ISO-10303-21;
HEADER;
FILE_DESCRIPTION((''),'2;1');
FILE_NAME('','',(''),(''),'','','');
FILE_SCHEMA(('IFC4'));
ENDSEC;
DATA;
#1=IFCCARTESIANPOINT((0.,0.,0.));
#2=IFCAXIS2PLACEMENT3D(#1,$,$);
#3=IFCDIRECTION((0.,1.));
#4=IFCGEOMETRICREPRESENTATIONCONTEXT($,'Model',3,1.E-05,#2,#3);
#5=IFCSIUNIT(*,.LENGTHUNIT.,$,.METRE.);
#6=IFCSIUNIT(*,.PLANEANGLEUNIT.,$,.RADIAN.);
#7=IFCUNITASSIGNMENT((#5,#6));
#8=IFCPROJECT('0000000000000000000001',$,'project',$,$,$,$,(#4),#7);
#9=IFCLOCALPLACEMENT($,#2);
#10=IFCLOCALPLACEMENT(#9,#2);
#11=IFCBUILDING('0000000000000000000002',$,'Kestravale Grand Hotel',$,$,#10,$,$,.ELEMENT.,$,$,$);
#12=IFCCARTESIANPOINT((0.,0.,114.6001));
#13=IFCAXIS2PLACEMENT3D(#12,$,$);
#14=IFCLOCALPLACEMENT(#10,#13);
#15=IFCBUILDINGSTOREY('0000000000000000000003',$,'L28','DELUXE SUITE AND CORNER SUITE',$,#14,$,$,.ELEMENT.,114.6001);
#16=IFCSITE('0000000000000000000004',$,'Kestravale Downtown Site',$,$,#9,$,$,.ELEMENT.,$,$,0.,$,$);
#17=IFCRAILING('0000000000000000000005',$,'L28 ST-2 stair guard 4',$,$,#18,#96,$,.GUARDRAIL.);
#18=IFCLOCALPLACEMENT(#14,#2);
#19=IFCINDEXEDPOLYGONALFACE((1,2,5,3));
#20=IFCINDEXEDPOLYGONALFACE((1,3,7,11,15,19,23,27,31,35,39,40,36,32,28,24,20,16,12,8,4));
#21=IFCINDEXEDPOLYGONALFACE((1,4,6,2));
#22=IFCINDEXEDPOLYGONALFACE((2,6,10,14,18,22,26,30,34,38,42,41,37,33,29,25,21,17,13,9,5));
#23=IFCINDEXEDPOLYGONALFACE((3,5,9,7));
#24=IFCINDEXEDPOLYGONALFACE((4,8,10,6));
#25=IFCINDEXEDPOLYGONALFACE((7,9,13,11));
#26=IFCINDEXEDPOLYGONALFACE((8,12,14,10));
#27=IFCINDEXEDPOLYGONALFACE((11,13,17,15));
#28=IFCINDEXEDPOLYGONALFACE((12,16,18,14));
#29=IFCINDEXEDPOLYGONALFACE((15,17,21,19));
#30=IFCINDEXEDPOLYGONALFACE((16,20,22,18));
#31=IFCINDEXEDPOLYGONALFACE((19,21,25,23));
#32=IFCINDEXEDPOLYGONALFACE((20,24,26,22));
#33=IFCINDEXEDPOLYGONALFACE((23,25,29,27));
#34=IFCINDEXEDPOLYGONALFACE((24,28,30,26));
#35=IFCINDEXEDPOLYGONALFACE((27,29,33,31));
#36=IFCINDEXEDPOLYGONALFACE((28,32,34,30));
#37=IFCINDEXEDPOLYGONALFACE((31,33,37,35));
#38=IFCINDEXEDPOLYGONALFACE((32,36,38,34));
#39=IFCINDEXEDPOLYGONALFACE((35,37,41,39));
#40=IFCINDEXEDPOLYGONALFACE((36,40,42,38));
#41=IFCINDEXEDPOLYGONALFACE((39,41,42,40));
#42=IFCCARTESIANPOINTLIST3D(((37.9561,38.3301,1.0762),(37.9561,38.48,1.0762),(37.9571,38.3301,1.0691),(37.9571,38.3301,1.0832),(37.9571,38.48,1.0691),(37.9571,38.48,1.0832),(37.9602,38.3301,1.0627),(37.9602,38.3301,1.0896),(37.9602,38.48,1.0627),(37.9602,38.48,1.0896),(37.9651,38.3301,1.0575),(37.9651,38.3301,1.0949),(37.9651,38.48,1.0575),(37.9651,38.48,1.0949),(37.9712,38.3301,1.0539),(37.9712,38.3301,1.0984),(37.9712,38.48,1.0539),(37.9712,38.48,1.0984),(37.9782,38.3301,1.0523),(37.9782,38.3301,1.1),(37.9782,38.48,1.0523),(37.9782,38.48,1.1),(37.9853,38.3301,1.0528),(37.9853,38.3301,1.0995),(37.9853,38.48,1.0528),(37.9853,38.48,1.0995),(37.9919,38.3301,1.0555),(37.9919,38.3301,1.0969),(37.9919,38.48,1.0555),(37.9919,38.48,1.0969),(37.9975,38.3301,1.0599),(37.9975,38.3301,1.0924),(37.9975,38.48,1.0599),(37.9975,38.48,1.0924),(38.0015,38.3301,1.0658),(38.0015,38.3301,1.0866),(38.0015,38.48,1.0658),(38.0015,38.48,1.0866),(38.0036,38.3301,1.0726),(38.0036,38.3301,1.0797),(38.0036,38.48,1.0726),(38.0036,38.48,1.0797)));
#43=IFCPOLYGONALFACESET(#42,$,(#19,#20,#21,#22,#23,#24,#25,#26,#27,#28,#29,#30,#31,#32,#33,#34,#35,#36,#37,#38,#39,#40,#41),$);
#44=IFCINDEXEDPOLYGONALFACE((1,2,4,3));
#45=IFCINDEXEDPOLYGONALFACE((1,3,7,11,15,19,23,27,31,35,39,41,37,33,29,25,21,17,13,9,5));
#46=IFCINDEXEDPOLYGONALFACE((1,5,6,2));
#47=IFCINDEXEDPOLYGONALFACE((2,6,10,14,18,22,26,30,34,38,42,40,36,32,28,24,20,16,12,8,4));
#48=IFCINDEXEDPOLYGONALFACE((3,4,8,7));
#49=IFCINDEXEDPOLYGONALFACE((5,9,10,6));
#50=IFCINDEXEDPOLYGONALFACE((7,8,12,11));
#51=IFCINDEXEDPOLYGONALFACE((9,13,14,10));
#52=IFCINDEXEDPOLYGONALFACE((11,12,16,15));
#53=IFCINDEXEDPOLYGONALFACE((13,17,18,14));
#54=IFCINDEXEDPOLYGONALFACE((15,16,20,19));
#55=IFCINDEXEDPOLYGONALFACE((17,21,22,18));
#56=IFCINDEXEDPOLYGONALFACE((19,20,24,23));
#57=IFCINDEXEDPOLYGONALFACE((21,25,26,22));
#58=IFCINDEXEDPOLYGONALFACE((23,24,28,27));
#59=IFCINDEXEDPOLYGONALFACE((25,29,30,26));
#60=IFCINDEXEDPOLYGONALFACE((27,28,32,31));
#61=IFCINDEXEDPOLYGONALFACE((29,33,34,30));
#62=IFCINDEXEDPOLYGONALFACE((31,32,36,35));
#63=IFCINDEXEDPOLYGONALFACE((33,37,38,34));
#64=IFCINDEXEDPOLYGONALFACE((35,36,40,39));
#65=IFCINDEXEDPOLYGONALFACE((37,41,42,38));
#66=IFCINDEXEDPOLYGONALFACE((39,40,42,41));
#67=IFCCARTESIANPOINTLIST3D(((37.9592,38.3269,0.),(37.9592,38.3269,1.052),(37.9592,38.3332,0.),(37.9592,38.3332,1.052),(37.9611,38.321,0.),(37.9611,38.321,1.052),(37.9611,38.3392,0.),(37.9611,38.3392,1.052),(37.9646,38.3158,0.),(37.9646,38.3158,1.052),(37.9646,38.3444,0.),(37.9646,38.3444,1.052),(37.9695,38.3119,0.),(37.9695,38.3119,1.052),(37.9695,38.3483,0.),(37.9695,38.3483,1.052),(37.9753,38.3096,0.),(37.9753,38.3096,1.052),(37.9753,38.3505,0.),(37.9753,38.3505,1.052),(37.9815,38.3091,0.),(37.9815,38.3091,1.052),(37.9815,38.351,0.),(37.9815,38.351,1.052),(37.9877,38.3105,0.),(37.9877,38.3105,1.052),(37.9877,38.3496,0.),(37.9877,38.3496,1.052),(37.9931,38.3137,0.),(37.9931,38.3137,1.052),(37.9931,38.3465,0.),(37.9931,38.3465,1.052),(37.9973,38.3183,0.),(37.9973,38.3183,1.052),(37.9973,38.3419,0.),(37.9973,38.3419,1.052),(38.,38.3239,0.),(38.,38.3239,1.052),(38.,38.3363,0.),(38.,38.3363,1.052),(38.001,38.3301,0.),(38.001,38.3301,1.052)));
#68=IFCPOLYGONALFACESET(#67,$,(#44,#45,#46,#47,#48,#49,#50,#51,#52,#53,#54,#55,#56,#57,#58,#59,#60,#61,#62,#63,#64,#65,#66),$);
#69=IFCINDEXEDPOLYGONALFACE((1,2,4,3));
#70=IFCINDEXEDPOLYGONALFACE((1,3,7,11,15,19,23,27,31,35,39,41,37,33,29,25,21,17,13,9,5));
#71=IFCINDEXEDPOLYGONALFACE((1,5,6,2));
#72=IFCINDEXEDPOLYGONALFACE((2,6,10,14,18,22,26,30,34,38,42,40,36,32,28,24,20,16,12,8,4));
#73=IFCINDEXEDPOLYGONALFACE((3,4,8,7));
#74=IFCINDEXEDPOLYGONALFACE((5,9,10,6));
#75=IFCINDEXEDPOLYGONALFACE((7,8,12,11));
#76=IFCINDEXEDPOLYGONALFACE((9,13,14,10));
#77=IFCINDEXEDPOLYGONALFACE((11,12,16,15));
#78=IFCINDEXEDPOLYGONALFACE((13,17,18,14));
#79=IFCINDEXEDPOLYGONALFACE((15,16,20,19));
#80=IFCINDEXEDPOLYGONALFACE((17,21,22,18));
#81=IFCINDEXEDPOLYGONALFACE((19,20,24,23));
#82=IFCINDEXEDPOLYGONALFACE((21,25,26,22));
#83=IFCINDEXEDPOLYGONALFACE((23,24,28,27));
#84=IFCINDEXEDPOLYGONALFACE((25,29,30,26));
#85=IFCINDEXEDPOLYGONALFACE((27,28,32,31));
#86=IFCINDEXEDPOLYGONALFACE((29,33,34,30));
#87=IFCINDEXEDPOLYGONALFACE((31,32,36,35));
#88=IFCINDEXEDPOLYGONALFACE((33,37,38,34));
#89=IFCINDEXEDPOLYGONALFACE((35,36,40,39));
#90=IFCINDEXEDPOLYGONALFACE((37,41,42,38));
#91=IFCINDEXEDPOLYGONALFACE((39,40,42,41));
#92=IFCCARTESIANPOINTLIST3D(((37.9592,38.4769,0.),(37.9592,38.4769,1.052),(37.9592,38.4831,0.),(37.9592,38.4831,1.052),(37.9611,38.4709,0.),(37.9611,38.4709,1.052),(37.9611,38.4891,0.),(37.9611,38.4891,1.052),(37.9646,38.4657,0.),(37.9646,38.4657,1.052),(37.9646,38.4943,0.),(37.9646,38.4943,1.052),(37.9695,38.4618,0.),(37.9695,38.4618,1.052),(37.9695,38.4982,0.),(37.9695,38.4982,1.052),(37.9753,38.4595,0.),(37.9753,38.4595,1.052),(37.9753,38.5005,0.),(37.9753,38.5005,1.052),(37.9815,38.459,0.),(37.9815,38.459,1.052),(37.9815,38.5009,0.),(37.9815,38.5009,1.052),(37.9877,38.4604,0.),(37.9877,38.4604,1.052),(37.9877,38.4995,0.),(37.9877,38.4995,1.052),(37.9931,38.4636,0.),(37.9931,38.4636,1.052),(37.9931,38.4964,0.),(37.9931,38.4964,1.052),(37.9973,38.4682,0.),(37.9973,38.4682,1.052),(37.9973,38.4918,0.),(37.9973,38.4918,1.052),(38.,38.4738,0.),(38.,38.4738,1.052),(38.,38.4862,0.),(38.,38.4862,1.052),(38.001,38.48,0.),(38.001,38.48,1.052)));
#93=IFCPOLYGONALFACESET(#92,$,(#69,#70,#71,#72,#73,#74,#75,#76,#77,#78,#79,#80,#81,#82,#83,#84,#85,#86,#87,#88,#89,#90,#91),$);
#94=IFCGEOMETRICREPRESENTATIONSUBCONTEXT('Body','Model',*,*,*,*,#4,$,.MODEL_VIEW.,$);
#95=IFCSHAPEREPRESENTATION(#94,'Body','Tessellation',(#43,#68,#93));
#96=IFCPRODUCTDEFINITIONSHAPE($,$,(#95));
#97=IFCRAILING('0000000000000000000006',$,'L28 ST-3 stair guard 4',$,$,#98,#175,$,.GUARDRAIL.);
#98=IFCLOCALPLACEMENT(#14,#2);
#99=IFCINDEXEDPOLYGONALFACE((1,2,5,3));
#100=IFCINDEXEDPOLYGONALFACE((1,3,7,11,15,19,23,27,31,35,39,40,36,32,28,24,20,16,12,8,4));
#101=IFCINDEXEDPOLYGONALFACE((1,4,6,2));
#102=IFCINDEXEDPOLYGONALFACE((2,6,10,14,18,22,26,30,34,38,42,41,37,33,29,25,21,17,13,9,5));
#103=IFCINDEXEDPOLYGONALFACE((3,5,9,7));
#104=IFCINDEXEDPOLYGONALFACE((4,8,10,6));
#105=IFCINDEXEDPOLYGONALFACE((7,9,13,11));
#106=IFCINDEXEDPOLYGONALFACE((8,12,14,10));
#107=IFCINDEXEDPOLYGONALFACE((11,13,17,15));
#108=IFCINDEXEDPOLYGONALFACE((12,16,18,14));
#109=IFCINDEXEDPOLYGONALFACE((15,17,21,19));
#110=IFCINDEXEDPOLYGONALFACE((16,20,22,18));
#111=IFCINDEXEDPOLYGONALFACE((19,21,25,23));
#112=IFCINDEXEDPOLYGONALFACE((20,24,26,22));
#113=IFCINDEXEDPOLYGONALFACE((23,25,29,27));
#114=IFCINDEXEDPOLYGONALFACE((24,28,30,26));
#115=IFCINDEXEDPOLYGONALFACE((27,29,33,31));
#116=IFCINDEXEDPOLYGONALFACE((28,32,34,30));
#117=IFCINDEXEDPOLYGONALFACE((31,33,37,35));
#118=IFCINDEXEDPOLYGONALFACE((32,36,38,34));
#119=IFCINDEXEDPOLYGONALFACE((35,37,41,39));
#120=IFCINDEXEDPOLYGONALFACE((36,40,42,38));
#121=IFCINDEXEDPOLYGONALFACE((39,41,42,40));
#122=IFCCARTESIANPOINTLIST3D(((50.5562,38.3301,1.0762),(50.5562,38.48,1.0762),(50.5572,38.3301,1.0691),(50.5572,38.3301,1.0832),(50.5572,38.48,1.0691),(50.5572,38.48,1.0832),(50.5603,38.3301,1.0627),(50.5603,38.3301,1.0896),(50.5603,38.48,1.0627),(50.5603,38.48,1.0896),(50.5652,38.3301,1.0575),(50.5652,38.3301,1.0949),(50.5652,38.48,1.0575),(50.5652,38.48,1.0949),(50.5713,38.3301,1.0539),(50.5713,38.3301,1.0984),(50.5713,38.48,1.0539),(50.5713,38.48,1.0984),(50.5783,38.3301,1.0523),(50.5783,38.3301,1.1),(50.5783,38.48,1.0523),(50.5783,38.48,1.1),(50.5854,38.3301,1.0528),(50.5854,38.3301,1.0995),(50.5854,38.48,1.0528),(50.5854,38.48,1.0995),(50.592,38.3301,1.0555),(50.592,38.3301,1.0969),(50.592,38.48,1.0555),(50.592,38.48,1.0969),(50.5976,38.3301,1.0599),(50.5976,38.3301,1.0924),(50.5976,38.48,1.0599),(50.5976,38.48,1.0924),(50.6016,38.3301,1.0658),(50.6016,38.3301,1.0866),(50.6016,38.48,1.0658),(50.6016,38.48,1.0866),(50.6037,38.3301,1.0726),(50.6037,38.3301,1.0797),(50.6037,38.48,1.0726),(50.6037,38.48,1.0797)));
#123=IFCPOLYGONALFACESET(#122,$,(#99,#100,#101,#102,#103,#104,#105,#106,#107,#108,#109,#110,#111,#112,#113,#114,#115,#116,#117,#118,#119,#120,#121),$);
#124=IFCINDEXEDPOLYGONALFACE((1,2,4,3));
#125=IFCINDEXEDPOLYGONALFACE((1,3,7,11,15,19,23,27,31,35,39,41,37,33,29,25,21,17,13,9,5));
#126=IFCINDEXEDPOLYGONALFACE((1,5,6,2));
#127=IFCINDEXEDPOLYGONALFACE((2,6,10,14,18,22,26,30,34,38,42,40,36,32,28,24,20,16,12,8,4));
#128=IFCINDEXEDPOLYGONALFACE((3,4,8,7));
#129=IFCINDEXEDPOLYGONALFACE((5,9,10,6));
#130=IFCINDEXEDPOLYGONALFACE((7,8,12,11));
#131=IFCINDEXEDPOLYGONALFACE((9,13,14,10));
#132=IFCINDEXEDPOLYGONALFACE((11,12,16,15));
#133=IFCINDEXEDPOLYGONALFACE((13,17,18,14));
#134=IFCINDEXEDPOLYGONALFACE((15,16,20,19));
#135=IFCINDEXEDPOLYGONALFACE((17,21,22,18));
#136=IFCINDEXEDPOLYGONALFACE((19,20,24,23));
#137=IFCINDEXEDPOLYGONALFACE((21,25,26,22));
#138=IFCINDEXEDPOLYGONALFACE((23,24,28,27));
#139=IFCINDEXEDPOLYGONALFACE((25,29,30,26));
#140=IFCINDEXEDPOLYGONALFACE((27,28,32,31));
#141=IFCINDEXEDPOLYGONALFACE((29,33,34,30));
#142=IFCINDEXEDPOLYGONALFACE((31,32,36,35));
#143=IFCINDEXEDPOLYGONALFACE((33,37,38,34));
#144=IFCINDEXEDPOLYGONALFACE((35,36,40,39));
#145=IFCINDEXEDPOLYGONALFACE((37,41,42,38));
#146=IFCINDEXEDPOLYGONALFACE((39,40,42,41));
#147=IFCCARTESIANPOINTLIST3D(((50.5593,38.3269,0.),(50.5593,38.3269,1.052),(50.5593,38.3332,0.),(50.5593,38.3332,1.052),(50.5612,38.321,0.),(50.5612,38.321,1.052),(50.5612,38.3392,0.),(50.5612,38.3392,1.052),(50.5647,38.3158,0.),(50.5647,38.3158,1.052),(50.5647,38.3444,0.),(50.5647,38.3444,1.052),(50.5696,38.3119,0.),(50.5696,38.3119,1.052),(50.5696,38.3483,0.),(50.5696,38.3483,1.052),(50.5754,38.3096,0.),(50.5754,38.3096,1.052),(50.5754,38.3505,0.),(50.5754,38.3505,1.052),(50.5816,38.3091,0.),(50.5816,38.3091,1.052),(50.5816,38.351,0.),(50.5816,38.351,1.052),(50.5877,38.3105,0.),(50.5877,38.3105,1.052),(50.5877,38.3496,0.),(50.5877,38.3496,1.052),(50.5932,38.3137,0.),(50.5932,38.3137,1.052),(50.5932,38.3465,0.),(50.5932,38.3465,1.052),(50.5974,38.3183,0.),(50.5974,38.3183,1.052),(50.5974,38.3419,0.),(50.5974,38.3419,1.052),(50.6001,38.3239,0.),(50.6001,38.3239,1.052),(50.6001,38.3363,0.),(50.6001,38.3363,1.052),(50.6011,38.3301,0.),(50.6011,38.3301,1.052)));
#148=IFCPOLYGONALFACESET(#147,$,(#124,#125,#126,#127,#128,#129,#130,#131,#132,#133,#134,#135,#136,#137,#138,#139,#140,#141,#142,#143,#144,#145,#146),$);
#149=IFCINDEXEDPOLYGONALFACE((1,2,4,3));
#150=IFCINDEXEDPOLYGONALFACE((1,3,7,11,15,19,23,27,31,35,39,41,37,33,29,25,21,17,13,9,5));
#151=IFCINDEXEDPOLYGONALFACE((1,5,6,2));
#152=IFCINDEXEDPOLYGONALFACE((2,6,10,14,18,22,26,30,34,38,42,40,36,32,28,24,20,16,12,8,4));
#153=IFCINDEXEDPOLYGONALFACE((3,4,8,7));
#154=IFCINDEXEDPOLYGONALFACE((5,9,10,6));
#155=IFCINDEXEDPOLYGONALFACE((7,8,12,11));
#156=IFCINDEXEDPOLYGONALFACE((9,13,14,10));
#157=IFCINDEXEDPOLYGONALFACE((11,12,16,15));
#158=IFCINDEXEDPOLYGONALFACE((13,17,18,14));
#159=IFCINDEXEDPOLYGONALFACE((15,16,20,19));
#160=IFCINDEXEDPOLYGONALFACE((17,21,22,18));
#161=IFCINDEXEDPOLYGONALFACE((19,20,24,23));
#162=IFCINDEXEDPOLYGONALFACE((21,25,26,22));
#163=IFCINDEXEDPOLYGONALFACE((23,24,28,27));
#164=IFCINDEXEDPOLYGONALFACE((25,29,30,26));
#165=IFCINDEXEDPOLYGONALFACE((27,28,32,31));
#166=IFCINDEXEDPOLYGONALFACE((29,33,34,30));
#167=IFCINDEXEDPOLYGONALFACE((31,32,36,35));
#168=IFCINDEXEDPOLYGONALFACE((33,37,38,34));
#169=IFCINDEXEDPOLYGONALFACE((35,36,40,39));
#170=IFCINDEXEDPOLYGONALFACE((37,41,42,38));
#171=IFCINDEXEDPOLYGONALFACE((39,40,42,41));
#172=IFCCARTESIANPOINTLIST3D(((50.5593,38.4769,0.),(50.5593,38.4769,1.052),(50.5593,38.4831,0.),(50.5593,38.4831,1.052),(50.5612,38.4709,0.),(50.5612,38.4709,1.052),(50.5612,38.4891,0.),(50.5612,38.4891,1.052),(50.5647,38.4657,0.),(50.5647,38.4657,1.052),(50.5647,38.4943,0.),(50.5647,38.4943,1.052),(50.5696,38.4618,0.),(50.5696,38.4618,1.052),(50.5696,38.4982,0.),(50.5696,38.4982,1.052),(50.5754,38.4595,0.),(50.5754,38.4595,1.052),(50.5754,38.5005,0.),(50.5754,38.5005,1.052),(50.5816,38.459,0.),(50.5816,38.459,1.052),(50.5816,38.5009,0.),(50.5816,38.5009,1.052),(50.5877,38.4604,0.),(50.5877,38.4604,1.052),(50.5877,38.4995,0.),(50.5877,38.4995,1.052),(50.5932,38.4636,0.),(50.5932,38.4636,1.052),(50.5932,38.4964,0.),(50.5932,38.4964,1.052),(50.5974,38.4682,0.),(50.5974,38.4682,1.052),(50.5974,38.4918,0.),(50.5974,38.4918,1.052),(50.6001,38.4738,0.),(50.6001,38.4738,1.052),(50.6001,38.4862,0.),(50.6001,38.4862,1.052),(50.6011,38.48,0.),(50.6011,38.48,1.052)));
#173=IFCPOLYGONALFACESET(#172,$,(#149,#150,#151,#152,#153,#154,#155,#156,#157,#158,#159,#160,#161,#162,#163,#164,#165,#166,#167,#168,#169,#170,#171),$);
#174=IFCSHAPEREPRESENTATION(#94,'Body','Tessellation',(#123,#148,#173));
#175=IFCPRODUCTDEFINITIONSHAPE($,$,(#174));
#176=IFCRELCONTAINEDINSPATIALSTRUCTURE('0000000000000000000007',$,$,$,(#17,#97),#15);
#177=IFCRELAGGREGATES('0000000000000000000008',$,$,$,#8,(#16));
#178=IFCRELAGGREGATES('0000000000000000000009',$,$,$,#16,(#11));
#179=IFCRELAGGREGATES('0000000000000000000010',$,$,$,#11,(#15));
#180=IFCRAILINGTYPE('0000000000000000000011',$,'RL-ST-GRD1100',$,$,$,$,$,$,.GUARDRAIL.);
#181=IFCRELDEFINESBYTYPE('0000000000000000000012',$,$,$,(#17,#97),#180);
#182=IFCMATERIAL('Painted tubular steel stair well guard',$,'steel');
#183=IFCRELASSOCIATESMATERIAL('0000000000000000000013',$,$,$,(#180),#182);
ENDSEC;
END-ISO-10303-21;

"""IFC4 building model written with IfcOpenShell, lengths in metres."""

from ifc_helpers import new_model, si_unit, direction, frame, origin, origin_2d, place, context, subcontext, project, spatial, circle, extrude, material, type_object, element, save


model = new_model("IFC4")

# Units and contexts
model_context = context("Model", 3, precision=1e-05, world=origin(), true_north=direction((0.0, 1.0)))
body_context = subcontext(model_context, "Body", "Model", "MODEL_VIEW")
ifc_project = project(units=[si_unit("LENGTHUNIT", "METRE"), si_unit("PLANEANGLEUNIT", "RADIAN")], contexts=[model_context])

# Site, building, storey
site_placement = place(None, origin())
site = spatial("IfcSite", under=ifc_project, at=site_placement, Name="Kestravale Downtown Site", CompositionType="ELEMENT", RefElevation=0.0)
building_placement = place(site_placement, origin())
building = spatial("IfcBuilding", under=site, at=building_placement, Name="Kestravale Grand Hotel", CompositionType="ELEMENT")
storey_placement = place(building_placement, frame((0.0, 0.0, 114.6001)))
storey = spatial("IfcBuildingStorey", under=building, at=storey_placement, Name="L28", Description="DELUXE SUITE AND CORNER SUITE", CompositionType="ELEMENT", Elevation=114.6001)

# Railings
ifc_material_1 = material(Name="Painted tubular steel stair well guard", Category="steel")
railing_type_1 = type_object("IfcRailingType", Name="RL-ST-GRD1100", PredefinedType="GUARDRAIL", material=ifc_material_1)
for number, where, name in (
    (1, (37.98, 38.3301, 0.0), "L28 ST-2 stair guard 4"),
    (2, (50.5801, 38.3301, 0.0), "L28 ST-3 stair guard 4"),
):
    element("IfcRailing", number, at=place(storey_placement, frame(where)), inside=storey, type_object=railing_type_1, Name=name, PredefinedType="GUARDRAIL", context=body_context, shape_type="SweptSolid", body=[
        extrude(circle(Radius=0.0239, at=origin_2d()), frame((0.0, 0.0, 1.0762), z_axis=(0.0, 1.0, 0.0), x_axis=(-1.0, 0.0, 0.0)), (0.0, 0.0, 1.0), 0.1499),
        extrude(circle(Radius=0.021, at=origin_2d()), origin(), (0.0, 0.0, 1.0), 1.052),
        extrude(circle(Radius=0.021, at=origin_2d()), frame((0.0, 0.1499, 0.0)), (0.0, 0.0, 1.0), 1.052),
    ])

save(model, "model.ifc")
